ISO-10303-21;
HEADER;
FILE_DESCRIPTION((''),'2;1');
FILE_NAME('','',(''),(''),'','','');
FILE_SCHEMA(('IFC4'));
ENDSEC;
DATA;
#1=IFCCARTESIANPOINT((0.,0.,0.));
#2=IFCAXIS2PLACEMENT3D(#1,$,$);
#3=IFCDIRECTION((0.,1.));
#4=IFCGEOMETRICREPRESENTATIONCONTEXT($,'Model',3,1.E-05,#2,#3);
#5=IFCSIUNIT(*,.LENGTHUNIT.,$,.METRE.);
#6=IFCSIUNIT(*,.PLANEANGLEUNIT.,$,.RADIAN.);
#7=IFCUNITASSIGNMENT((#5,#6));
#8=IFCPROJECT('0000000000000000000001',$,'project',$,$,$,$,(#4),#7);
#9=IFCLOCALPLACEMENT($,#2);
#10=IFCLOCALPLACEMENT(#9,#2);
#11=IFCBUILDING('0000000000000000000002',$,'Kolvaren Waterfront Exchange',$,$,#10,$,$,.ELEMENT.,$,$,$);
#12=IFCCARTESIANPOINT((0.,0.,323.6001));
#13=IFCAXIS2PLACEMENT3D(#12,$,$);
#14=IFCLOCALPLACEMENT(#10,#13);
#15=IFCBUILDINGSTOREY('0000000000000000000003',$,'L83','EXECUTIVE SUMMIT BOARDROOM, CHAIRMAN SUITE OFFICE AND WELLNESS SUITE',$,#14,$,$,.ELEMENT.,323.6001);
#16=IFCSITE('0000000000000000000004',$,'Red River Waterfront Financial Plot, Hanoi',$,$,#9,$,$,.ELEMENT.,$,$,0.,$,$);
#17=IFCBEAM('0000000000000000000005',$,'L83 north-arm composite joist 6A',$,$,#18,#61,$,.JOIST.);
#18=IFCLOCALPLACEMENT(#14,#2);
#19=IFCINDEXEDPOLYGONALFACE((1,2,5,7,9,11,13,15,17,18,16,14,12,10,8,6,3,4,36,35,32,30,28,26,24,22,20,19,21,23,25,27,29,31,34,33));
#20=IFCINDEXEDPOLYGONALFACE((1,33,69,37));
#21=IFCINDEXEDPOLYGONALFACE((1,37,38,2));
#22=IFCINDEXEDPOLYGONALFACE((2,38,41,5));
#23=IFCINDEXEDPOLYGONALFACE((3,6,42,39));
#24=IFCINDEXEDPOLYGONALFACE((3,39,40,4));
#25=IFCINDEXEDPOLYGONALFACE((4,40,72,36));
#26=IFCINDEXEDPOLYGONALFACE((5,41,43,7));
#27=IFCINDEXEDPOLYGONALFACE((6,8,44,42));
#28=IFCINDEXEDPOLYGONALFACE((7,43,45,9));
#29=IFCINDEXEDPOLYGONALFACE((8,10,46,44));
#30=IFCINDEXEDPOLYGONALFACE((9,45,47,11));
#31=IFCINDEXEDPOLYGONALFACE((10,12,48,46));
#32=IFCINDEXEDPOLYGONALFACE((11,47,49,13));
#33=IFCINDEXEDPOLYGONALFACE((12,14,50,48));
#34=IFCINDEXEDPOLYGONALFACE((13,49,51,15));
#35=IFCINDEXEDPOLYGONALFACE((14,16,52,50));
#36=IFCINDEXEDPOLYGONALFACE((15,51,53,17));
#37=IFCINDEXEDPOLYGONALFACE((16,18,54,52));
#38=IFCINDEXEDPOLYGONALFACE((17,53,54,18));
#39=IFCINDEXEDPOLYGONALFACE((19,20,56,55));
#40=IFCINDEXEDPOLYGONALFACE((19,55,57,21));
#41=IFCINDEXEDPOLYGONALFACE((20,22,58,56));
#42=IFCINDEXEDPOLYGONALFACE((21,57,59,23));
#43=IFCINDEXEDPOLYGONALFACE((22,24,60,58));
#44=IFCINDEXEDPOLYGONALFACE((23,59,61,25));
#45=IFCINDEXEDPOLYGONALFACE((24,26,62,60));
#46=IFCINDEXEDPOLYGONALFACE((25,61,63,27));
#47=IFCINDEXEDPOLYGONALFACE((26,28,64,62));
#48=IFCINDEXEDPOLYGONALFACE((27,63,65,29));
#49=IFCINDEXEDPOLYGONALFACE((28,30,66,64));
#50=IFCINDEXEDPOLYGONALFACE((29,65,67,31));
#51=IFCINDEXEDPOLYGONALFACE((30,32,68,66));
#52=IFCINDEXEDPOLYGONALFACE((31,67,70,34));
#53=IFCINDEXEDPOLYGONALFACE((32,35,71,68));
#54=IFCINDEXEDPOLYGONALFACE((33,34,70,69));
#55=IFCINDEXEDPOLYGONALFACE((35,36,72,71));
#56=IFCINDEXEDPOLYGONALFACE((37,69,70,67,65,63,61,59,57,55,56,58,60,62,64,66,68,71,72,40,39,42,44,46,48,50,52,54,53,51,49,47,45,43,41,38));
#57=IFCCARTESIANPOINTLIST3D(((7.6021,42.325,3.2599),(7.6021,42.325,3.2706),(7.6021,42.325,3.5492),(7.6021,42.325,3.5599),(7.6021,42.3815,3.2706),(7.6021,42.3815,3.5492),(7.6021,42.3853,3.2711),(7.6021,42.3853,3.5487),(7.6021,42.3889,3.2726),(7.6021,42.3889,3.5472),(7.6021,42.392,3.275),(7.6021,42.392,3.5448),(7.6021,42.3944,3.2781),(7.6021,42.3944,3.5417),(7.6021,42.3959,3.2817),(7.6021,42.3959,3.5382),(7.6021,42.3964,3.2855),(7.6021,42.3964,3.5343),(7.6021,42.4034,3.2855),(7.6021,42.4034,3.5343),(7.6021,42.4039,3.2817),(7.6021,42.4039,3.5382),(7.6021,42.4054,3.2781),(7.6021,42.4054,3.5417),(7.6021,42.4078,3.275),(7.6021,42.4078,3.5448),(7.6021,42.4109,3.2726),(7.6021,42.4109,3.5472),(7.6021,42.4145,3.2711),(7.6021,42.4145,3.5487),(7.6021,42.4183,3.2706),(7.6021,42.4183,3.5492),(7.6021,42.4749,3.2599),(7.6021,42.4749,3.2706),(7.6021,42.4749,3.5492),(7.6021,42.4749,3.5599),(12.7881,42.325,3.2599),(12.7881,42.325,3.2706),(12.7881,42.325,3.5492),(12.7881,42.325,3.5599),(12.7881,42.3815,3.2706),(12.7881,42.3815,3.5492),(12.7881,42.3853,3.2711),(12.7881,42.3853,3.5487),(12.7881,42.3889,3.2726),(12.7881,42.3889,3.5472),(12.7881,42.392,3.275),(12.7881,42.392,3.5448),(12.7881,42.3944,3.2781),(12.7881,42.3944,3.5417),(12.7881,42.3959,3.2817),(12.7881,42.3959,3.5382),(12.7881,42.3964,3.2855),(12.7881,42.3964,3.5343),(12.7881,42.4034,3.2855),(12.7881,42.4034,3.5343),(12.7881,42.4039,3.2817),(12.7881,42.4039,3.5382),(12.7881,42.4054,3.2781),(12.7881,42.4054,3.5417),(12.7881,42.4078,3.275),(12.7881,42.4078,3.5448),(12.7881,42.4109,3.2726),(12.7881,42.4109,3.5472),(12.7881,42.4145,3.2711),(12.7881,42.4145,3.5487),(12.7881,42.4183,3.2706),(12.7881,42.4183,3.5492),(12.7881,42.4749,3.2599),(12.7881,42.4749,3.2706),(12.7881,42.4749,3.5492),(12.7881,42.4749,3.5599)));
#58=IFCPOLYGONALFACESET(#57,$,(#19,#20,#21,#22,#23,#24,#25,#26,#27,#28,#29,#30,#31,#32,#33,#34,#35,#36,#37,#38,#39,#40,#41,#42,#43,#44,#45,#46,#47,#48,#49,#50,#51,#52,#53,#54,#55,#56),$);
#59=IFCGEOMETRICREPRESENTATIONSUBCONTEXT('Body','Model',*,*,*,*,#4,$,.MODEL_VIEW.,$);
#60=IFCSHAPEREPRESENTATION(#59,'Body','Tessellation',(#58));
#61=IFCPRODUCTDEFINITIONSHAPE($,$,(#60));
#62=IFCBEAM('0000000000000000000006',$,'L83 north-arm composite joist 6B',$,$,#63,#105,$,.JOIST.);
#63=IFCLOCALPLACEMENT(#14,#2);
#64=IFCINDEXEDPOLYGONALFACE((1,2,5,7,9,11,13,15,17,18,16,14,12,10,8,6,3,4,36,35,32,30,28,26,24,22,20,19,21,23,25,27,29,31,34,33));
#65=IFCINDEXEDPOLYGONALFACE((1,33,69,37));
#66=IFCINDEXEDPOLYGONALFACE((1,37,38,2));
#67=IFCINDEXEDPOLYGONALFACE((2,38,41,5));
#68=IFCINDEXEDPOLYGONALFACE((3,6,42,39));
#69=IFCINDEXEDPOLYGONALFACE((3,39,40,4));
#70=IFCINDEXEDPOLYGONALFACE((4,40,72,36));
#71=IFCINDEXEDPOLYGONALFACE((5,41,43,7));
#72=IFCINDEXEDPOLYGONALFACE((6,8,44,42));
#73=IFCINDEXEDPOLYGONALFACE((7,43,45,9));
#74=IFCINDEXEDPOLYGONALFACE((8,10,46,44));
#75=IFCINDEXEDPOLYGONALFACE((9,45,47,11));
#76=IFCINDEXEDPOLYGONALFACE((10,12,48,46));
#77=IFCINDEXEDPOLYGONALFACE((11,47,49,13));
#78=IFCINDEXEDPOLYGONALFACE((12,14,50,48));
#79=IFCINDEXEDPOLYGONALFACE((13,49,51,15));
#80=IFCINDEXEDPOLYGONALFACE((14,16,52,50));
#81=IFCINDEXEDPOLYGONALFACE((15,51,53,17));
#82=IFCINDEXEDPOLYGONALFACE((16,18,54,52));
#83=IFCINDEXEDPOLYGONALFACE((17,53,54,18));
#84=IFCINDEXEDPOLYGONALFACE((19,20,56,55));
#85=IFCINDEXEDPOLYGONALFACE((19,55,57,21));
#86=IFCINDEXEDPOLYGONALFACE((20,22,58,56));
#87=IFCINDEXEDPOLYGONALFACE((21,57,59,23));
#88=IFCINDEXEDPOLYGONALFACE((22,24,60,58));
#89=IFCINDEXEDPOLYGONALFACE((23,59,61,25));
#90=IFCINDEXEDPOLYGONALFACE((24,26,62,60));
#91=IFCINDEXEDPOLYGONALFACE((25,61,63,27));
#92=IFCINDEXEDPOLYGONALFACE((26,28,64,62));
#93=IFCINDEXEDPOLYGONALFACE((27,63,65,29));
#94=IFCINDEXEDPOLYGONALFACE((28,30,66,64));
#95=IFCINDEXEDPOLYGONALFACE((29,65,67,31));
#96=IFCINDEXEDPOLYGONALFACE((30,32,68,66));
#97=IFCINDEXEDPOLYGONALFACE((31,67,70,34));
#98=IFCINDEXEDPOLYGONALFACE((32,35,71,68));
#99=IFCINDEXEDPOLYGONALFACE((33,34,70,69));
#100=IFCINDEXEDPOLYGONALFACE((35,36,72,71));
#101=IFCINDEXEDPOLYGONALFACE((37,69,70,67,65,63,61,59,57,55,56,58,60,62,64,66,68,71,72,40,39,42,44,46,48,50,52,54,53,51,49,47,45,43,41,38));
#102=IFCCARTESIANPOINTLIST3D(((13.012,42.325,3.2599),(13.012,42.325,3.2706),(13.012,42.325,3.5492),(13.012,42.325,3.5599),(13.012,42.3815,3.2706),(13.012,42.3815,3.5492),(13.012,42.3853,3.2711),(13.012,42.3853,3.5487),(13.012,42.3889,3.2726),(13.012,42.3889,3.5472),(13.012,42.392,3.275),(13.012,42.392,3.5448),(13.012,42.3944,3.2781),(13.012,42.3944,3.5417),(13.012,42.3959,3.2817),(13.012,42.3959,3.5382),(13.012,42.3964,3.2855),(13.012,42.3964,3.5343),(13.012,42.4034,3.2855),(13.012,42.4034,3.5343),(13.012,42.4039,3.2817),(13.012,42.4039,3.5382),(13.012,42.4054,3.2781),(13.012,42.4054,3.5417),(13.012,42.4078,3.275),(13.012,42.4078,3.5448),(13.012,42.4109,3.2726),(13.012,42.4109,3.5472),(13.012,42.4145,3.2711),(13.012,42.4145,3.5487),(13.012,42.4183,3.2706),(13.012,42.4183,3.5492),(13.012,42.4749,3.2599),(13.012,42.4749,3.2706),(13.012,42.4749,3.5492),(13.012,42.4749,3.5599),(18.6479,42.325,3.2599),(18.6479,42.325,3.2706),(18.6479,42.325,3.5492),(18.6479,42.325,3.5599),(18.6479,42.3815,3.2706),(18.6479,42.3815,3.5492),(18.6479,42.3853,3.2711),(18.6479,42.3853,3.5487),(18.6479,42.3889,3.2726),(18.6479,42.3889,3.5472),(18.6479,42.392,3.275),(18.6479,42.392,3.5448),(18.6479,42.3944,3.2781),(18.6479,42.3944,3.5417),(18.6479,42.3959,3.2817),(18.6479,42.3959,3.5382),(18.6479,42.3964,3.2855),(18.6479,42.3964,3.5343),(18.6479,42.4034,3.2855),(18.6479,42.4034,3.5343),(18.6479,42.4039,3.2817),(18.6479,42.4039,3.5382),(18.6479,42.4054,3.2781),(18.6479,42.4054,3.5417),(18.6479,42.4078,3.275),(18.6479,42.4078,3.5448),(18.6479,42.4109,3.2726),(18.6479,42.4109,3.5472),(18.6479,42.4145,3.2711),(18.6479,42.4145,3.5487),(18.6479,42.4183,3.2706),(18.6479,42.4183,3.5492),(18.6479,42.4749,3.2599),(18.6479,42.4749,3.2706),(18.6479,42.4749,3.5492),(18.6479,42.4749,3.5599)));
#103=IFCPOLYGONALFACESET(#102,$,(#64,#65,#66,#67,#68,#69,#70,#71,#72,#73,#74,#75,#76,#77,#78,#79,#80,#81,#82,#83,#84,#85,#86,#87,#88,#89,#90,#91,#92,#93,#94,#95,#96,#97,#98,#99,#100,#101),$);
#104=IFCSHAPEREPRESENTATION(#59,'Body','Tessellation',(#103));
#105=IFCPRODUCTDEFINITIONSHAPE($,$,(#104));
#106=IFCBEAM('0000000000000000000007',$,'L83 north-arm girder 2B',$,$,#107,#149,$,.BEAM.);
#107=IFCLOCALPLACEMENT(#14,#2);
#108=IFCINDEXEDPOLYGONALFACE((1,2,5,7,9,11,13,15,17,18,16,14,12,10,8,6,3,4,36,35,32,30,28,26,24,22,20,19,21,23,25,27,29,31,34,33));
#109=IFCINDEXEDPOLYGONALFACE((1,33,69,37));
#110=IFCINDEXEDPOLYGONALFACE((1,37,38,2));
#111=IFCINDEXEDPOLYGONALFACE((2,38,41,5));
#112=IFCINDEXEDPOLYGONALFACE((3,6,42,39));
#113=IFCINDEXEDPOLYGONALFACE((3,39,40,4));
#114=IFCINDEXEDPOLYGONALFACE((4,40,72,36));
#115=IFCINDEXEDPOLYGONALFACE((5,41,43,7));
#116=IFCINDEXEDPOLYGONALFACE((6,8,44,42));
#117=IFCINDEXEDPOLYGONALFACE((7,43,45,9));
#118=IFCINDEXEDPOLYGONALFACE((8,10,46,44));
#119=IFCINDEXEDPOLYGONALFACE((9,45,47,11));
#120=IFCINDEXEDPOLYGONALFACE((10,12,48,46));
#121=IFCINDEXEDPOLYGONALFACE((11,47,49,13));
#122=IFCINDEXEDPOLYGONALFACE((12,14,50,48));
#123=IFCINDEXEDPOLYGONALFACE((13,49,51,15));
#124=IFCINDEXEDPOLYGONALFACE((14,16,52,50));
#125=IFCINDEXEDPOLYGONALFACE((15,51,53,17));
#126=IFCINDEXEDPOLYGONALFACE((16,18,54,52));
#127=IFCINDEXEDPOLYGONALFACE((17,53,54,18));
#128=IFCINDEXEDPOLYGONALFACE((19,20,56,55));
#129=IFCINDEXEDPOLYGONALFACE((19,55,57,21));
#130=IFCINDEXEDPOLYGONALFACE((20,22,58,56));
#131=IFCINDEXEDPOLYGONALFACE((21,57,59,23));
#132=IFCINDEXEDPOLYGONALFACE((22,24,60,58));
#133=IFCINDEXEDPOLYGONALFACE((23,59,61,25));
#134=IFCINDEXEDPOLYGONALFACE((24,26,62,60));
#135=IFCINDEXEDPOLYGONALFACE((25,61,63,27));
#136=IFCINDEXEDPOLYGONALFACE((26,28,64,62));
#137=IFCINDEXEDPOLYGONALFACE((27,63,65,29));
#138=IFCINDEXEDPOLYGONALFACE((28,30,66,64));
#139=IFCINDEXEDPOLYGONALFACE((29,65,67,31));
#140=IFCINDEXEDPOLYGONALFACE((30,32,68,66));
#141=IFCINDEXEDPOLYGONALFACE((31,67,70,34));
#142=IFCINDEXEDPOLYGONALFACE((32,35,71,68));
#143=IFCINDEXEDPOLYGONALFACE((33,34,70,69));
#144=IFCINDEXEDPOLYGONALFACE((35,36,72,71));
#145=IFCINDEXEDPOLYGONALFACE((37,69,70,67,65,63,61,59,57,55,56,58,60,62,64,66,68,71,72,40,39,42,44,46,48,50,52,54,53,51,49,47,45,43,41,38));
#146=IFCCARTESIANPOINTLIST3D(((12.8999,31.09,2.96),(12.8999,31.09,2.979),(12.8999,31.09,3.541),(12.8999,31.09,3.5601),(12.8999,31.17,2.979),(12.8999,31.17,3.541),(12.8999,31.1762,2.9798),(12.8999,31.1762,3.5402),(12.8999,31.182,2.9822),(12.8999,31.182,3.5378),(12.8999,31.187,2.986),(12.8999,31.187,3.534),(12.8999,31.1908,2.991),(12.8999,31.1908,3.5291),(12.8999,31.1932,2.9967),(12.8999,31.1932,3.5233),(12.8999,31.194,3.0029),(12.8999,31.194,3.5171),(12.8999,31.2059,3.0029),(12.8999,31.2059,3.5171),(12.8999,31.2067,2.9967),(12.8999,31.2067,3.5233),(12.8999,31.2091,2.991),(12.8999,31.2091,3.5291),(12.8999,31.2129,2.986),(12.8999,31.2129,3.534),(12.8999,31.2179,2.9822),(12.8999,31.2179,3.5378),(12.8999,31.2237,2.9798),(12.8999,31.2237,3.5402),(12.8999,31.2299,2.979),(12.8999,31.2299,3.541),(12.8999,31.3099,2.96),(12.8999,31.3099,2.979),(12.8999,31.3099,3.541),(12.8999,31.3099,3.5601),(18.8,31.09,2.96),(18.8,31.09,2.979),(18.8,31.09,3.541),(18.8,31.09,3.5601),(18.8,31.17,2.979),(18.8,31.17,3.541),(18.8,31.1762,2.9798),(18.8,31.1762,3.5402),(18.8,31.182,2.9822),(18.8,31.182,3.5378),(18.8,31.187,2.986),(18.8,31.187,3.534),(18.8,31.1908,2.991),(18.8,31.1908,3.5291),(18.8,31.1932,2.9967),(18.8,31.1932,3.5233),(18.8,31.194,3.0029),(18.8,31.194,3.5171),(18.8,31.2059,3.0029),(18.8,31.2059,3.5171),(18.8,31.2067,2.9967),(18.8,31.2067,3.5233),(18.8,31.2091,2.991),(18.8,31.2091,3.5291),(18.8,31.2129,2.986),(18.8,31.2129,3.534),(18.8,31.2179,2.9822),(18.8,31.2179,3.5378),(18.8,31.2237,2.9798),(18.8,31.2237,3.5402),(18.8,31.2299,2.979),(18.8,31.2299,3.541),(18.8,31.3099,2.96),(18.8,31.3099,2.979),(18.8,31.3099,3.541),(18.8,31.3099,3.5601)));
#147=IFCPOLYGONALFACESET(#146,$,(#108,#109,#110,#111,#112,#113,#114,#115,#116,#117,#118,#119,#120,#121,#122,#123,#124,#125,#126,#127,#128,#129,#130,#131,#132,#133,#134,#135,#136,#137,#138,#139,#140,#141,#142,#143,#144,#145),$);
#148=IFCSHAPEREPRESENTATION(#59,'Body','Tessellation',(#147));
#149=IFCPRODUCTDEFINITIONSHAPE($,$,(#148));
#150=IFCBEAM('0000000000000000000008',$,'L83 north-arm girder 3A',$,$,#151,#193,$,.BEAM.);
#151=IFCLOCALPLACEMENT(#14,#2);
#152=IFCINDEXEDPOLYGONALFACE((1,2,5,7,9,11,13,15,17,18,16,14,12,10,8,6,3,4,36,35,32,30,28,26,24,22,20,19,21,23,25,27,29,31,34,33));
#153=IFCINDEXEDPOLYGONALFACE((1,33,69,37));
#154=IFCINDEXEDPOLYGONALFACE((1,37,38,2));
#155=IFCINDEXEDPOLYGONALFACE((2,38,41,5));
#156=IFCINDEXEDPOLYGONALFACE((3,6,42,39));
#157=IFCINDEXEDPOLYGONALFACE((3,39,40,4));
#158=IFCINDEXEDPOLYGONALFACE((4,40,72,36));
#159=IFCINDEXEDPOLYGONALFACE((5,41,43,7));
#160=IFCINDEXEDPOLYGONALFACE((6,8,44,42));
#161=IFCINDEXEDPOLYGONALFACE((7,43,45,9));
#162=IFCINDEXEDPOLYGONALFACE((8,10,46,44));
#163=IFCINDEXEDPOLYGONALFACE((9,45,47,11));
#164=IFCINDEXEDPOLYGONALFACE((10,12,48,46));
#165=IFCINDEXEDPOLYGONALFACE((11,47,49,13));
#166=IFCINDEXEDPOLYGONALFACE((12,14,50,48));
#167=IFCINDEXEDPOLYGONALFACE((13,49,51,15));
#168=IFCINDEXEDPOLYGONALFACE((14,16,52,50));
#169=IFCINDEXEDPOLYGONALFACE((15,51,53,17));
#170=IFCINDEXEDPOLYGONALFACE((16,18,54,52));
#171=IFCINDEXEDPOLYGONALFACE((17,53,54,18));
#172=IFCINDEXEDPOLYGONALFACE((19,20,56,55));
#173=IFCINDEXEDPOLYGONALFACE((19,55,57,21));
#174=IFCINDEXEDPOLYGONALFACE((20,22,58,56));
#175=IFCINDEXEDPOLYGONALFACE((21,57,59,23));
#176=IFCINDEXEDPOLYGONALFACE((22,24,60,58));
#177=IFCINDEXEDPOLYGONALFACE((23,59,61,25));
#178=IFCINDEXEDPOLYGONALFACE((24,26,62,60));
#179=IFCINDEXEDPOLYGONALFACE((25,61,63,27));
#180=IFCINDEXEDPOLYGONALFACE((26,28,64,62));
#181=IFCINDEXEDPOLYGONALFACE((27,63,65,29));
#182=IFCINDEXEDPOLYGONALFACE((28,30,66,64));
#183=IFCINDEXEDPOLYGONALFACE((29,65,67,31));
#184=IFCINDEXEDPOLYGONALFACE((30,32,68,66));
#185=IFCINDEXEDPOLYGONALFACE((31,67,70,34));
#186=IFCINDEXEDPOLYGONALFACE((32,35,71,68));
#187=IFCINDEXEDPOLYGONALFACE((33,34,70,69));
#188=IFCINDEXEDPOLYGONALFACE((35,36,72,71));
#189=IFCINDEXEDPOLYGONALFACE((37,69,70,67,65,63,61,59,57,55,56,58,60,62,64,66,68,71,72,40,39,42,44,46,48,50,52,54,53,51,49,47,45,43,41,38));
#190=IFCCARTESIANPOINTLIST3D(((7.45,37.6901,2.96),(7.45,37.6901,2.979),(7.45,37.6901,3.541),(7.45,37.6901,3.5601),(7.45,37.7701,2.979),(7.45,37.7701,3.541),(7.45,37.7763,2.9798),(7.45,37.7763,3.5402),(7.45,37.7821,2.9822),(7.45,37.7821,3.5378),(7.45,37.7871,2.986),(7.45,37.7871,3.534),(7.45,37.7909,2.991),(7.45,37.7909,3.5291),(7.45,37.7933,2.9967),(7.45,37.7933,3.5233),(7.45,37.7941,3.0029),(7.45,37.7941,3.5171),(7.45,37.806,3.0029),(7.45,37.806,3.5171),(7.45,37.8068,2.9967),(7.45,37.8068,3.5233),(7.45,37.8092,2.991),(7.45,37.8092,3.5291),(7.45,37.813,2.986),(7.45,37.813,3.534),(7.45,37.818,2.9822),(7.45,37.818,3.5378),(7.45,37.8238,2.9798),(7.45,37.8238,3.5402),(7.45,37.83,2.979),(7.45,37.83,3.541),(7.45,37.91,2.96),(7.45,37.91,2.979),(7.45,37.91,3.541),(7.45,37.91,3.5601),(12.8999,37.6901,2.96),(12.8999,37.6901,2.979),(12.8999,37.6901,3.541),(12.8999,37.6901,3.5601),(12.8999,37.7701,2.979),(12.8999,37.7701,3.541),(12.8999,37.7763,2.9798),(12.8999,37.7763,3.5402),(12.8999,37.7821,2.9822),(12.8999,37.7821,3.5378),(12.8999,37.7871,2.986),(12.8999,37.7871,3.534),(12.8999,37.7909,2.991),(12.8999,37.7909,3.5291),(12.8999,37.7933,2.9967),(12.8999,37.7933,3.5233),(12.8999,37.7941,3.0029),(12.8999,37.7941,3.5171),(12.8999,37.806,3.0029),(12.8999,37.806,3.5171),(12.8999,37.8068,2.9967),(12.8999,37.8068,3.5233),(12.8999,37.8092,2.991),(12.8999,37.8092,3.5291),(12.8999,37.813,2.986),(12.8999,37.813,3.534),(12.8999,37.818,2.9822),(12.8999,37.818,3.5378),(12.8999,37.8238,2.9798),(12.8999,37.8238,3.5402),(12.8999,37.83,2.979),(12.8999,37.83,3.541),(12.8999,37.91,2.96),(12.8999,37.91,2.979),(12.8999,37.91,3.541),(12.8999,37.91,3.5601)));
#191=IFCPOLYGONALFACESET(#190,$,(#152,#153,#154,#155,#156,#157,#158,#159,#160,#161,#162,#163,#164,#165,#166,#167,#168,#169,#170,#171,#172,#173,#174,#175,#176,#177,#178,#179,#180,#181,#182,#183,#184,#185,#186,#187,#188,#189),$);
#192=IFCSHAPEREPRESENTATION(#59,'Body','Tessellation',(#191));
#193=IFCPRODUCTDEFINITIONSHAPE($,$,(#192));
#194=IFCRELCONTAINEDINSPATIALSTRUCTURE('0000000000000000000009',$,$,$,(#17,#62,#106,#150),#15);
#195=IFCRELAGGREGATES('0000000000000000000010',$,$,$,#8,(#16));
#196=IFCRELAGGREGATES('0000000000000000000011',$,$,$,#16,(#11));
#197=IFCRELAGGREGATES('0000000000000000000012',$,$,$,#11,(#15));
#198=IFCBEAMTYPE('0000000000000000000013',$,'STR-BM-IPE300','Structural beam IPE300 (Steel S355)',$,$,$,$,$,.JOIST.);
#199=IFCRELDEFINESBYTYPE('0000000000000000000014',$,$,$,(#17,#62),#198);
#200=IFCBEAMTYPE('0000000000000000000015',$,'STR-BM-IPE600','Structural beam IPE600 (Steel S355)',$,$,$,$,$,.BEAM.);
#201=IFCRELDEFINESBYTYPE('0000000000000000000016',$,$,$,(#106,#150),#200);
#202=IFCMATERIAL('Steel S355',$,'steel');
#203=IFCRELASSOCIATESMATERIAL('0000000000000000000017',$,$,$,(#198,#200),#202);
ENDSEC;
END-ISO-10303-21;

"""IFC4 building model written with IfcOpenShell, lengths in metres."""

from ifc_helpers import new_model, si_unit, direction, frame, origin, origin_2d, place, context, subcontext, project, spatial, i_section, extrude, material, material_profile, profile_set, type_object, element, save


model = new_model("IFC4")

# Units and contexts
model_context = context("Model", 3, precision=1e-05, world=origin(), true_north=direction((0.0, 1.0)))
body_context = subcontext(model_context, "Body", "Model", "MODEL_VIEW")
ifc_project = project(units=[si_unit("LENGTHUNIT", "METRE"), si_unit("PLANEANGLEUNIT", "RADIAN")], contexts=[model_context])

# Site, building, storey
site_placement = place(None, origin())
site = spatial("IfcSite", under=ifc_project, at=site_placement, Name="Red River Waterfront Financial Plot, Hanoi", CompositionType="ELEMENT", RefElevation=0.0)
building_placement = place(site_placement, origin())
building = spatial("IfcBuilding", under=site, at=building_placement, Name="Kolvaren Waterfront Exchange", CompositionType="ELEMENT")
storey_placement = place(building_placement, frame((0.0, 0.0, 323.6001)))
storey = spatial("IfcBuildingStorey", under=building, at=storey_placement, Name="L83", Description="EXECUTIVE SUMMIT BOARDROOM, CHAIRMAN SUITE OFFICE AND WELLNESS SUITE", CompositionType="ELEMENT", Elevation=323.6001)

# Beams
ifc_material_1 = material(Name="Steel S355", Category="steel")
ifc_material_profile_1 = material_profile(ifc_material_1, i_section(OverallWidth=0.1499, OverallDepth=0.3, WebThickness=0.0071, FlangeThickness=0.0107, FilletRadius=0.0149, at=origin_2d()), Name="IPE300")
ifc_profile_set_1 = profile_set([ifc_material_profile_1], Name="Steel S355")
beam_type_1 = type_object("IfcBeamType", Name="STR-BM-IPE300", Description="Structural beam IPE300 (Steel S355)", PredefinedType="JOIST", material=ifc_profile_set_1)
beam_1_placement = place(storey_placement, frame((7.6021, 42.3999, 3.4099), z_axis=(1.0, 0.0, 0.0), x_axis=(0.0, 1.0, 0.0)))
element("IfcBeam", 1, at=beam_1_placement, inside=storey, type_object=beam_type_1, Name="L83 north-arm composite joist 6A", PredefinedType="JOIST", context=body_context, shape_type="SweptSolid", body=[
    extrude(i_section(OverallWidth=0.1499, OverallDepth=0.3, WebThickness=0.0071, FlangeThickness=0.0107, FilletRadius=0.0149, at=origin_2d()), origin(), (0.0, 0.0, 1.0), 5.186),
])
beam_2_placement = place(storey_placement, frame((13.012, 42.3999, 3.4099), z_axis=(1.0, 0.0, 0.0), x_axis=(0.0, 1.0, 0.0)))
element("IfcBeam", 2, at=beam_2_placement, inside=storey, type_object=beam_type_1, Name="L83 north-arm composite joist 6B", PredefinedType="JOIST", context=body_context, shape_type="SweptSolid", body=[
    extrude(i_section(OverallWidth=0.1499, OverallDepth=0.3, WebThickness=0.0071, FlangeThickness=0.0107, FilletRadius=0.0149, at=origin_2d()), origin(), (0.0, 0.0, 1.0), 5.636),
])
ifc_material_profile_2 = material_profile(ifc_material_1, i_section(OverallWidth=0.22, OverallDepth=0.6001, WebThickness=0.012, FlangeThickness=0.019, FilletRadius=0.0239, at=origin_2d()), Name="IPE600")
ifc_profile_set_2 = profile_set([ifc_material_profile_2], Name="Steel S355")
beam_type_2 = type_object("IfcBeamType", Name="STR-BM-IPE600", Description="Structural beam IPE600 (Steel S355)", PredefinedType="BEAM", material=ifc_profile_set_2)
beam_3_placement = place(storey_placement, frame((12.8999, 31.2, 3.26), z_axis=(1.0, 0.0, 0.0), x_axis=(0.0, 1.0, 0.0)))
element("IfcBeam", 3, at=beam_3_placement, inside=storey, type_object=beam_type_2, Name="L83 north-arm girder 2B", PredefinedType="BEAM", context=body_context, shape_type="SweptSolid", body=[
    extrude(i_section(OverallWidth=0.22, OverallDepth=0.6001, WebThickness=0.012, FlangeThickness=0.019, FilletRadius=0.0239, at=origin_2d()), origin(), (0.0, 0.0, 1.0), 5.9001),
])
beam_4_placement = place(storey_placement, frame((7.45, 37.8, 3.26), z_axis=(1.0, 0.0, 0.0), x_axis=(0.0, 1.0, 0.0)))
element("IfcBeam", 4, at=beam_4_placement, inside=storey, type_object=beam_type_2, Name="L83 north-arm girder 3A", PredefinedType="BEAM", context=body_context, shape_type="SweptSolid", body=[
    extrude(i_section(OverallWidth=0.22, OverallDepth=0.6001, WebThickness=0.012, FlangeThickness=0.019, FilletRadius=0.0239, at=origin_2d()), origin(), (0.0, 0.0, 1.0), 5.45),
])

save(model, "model.ifc")
